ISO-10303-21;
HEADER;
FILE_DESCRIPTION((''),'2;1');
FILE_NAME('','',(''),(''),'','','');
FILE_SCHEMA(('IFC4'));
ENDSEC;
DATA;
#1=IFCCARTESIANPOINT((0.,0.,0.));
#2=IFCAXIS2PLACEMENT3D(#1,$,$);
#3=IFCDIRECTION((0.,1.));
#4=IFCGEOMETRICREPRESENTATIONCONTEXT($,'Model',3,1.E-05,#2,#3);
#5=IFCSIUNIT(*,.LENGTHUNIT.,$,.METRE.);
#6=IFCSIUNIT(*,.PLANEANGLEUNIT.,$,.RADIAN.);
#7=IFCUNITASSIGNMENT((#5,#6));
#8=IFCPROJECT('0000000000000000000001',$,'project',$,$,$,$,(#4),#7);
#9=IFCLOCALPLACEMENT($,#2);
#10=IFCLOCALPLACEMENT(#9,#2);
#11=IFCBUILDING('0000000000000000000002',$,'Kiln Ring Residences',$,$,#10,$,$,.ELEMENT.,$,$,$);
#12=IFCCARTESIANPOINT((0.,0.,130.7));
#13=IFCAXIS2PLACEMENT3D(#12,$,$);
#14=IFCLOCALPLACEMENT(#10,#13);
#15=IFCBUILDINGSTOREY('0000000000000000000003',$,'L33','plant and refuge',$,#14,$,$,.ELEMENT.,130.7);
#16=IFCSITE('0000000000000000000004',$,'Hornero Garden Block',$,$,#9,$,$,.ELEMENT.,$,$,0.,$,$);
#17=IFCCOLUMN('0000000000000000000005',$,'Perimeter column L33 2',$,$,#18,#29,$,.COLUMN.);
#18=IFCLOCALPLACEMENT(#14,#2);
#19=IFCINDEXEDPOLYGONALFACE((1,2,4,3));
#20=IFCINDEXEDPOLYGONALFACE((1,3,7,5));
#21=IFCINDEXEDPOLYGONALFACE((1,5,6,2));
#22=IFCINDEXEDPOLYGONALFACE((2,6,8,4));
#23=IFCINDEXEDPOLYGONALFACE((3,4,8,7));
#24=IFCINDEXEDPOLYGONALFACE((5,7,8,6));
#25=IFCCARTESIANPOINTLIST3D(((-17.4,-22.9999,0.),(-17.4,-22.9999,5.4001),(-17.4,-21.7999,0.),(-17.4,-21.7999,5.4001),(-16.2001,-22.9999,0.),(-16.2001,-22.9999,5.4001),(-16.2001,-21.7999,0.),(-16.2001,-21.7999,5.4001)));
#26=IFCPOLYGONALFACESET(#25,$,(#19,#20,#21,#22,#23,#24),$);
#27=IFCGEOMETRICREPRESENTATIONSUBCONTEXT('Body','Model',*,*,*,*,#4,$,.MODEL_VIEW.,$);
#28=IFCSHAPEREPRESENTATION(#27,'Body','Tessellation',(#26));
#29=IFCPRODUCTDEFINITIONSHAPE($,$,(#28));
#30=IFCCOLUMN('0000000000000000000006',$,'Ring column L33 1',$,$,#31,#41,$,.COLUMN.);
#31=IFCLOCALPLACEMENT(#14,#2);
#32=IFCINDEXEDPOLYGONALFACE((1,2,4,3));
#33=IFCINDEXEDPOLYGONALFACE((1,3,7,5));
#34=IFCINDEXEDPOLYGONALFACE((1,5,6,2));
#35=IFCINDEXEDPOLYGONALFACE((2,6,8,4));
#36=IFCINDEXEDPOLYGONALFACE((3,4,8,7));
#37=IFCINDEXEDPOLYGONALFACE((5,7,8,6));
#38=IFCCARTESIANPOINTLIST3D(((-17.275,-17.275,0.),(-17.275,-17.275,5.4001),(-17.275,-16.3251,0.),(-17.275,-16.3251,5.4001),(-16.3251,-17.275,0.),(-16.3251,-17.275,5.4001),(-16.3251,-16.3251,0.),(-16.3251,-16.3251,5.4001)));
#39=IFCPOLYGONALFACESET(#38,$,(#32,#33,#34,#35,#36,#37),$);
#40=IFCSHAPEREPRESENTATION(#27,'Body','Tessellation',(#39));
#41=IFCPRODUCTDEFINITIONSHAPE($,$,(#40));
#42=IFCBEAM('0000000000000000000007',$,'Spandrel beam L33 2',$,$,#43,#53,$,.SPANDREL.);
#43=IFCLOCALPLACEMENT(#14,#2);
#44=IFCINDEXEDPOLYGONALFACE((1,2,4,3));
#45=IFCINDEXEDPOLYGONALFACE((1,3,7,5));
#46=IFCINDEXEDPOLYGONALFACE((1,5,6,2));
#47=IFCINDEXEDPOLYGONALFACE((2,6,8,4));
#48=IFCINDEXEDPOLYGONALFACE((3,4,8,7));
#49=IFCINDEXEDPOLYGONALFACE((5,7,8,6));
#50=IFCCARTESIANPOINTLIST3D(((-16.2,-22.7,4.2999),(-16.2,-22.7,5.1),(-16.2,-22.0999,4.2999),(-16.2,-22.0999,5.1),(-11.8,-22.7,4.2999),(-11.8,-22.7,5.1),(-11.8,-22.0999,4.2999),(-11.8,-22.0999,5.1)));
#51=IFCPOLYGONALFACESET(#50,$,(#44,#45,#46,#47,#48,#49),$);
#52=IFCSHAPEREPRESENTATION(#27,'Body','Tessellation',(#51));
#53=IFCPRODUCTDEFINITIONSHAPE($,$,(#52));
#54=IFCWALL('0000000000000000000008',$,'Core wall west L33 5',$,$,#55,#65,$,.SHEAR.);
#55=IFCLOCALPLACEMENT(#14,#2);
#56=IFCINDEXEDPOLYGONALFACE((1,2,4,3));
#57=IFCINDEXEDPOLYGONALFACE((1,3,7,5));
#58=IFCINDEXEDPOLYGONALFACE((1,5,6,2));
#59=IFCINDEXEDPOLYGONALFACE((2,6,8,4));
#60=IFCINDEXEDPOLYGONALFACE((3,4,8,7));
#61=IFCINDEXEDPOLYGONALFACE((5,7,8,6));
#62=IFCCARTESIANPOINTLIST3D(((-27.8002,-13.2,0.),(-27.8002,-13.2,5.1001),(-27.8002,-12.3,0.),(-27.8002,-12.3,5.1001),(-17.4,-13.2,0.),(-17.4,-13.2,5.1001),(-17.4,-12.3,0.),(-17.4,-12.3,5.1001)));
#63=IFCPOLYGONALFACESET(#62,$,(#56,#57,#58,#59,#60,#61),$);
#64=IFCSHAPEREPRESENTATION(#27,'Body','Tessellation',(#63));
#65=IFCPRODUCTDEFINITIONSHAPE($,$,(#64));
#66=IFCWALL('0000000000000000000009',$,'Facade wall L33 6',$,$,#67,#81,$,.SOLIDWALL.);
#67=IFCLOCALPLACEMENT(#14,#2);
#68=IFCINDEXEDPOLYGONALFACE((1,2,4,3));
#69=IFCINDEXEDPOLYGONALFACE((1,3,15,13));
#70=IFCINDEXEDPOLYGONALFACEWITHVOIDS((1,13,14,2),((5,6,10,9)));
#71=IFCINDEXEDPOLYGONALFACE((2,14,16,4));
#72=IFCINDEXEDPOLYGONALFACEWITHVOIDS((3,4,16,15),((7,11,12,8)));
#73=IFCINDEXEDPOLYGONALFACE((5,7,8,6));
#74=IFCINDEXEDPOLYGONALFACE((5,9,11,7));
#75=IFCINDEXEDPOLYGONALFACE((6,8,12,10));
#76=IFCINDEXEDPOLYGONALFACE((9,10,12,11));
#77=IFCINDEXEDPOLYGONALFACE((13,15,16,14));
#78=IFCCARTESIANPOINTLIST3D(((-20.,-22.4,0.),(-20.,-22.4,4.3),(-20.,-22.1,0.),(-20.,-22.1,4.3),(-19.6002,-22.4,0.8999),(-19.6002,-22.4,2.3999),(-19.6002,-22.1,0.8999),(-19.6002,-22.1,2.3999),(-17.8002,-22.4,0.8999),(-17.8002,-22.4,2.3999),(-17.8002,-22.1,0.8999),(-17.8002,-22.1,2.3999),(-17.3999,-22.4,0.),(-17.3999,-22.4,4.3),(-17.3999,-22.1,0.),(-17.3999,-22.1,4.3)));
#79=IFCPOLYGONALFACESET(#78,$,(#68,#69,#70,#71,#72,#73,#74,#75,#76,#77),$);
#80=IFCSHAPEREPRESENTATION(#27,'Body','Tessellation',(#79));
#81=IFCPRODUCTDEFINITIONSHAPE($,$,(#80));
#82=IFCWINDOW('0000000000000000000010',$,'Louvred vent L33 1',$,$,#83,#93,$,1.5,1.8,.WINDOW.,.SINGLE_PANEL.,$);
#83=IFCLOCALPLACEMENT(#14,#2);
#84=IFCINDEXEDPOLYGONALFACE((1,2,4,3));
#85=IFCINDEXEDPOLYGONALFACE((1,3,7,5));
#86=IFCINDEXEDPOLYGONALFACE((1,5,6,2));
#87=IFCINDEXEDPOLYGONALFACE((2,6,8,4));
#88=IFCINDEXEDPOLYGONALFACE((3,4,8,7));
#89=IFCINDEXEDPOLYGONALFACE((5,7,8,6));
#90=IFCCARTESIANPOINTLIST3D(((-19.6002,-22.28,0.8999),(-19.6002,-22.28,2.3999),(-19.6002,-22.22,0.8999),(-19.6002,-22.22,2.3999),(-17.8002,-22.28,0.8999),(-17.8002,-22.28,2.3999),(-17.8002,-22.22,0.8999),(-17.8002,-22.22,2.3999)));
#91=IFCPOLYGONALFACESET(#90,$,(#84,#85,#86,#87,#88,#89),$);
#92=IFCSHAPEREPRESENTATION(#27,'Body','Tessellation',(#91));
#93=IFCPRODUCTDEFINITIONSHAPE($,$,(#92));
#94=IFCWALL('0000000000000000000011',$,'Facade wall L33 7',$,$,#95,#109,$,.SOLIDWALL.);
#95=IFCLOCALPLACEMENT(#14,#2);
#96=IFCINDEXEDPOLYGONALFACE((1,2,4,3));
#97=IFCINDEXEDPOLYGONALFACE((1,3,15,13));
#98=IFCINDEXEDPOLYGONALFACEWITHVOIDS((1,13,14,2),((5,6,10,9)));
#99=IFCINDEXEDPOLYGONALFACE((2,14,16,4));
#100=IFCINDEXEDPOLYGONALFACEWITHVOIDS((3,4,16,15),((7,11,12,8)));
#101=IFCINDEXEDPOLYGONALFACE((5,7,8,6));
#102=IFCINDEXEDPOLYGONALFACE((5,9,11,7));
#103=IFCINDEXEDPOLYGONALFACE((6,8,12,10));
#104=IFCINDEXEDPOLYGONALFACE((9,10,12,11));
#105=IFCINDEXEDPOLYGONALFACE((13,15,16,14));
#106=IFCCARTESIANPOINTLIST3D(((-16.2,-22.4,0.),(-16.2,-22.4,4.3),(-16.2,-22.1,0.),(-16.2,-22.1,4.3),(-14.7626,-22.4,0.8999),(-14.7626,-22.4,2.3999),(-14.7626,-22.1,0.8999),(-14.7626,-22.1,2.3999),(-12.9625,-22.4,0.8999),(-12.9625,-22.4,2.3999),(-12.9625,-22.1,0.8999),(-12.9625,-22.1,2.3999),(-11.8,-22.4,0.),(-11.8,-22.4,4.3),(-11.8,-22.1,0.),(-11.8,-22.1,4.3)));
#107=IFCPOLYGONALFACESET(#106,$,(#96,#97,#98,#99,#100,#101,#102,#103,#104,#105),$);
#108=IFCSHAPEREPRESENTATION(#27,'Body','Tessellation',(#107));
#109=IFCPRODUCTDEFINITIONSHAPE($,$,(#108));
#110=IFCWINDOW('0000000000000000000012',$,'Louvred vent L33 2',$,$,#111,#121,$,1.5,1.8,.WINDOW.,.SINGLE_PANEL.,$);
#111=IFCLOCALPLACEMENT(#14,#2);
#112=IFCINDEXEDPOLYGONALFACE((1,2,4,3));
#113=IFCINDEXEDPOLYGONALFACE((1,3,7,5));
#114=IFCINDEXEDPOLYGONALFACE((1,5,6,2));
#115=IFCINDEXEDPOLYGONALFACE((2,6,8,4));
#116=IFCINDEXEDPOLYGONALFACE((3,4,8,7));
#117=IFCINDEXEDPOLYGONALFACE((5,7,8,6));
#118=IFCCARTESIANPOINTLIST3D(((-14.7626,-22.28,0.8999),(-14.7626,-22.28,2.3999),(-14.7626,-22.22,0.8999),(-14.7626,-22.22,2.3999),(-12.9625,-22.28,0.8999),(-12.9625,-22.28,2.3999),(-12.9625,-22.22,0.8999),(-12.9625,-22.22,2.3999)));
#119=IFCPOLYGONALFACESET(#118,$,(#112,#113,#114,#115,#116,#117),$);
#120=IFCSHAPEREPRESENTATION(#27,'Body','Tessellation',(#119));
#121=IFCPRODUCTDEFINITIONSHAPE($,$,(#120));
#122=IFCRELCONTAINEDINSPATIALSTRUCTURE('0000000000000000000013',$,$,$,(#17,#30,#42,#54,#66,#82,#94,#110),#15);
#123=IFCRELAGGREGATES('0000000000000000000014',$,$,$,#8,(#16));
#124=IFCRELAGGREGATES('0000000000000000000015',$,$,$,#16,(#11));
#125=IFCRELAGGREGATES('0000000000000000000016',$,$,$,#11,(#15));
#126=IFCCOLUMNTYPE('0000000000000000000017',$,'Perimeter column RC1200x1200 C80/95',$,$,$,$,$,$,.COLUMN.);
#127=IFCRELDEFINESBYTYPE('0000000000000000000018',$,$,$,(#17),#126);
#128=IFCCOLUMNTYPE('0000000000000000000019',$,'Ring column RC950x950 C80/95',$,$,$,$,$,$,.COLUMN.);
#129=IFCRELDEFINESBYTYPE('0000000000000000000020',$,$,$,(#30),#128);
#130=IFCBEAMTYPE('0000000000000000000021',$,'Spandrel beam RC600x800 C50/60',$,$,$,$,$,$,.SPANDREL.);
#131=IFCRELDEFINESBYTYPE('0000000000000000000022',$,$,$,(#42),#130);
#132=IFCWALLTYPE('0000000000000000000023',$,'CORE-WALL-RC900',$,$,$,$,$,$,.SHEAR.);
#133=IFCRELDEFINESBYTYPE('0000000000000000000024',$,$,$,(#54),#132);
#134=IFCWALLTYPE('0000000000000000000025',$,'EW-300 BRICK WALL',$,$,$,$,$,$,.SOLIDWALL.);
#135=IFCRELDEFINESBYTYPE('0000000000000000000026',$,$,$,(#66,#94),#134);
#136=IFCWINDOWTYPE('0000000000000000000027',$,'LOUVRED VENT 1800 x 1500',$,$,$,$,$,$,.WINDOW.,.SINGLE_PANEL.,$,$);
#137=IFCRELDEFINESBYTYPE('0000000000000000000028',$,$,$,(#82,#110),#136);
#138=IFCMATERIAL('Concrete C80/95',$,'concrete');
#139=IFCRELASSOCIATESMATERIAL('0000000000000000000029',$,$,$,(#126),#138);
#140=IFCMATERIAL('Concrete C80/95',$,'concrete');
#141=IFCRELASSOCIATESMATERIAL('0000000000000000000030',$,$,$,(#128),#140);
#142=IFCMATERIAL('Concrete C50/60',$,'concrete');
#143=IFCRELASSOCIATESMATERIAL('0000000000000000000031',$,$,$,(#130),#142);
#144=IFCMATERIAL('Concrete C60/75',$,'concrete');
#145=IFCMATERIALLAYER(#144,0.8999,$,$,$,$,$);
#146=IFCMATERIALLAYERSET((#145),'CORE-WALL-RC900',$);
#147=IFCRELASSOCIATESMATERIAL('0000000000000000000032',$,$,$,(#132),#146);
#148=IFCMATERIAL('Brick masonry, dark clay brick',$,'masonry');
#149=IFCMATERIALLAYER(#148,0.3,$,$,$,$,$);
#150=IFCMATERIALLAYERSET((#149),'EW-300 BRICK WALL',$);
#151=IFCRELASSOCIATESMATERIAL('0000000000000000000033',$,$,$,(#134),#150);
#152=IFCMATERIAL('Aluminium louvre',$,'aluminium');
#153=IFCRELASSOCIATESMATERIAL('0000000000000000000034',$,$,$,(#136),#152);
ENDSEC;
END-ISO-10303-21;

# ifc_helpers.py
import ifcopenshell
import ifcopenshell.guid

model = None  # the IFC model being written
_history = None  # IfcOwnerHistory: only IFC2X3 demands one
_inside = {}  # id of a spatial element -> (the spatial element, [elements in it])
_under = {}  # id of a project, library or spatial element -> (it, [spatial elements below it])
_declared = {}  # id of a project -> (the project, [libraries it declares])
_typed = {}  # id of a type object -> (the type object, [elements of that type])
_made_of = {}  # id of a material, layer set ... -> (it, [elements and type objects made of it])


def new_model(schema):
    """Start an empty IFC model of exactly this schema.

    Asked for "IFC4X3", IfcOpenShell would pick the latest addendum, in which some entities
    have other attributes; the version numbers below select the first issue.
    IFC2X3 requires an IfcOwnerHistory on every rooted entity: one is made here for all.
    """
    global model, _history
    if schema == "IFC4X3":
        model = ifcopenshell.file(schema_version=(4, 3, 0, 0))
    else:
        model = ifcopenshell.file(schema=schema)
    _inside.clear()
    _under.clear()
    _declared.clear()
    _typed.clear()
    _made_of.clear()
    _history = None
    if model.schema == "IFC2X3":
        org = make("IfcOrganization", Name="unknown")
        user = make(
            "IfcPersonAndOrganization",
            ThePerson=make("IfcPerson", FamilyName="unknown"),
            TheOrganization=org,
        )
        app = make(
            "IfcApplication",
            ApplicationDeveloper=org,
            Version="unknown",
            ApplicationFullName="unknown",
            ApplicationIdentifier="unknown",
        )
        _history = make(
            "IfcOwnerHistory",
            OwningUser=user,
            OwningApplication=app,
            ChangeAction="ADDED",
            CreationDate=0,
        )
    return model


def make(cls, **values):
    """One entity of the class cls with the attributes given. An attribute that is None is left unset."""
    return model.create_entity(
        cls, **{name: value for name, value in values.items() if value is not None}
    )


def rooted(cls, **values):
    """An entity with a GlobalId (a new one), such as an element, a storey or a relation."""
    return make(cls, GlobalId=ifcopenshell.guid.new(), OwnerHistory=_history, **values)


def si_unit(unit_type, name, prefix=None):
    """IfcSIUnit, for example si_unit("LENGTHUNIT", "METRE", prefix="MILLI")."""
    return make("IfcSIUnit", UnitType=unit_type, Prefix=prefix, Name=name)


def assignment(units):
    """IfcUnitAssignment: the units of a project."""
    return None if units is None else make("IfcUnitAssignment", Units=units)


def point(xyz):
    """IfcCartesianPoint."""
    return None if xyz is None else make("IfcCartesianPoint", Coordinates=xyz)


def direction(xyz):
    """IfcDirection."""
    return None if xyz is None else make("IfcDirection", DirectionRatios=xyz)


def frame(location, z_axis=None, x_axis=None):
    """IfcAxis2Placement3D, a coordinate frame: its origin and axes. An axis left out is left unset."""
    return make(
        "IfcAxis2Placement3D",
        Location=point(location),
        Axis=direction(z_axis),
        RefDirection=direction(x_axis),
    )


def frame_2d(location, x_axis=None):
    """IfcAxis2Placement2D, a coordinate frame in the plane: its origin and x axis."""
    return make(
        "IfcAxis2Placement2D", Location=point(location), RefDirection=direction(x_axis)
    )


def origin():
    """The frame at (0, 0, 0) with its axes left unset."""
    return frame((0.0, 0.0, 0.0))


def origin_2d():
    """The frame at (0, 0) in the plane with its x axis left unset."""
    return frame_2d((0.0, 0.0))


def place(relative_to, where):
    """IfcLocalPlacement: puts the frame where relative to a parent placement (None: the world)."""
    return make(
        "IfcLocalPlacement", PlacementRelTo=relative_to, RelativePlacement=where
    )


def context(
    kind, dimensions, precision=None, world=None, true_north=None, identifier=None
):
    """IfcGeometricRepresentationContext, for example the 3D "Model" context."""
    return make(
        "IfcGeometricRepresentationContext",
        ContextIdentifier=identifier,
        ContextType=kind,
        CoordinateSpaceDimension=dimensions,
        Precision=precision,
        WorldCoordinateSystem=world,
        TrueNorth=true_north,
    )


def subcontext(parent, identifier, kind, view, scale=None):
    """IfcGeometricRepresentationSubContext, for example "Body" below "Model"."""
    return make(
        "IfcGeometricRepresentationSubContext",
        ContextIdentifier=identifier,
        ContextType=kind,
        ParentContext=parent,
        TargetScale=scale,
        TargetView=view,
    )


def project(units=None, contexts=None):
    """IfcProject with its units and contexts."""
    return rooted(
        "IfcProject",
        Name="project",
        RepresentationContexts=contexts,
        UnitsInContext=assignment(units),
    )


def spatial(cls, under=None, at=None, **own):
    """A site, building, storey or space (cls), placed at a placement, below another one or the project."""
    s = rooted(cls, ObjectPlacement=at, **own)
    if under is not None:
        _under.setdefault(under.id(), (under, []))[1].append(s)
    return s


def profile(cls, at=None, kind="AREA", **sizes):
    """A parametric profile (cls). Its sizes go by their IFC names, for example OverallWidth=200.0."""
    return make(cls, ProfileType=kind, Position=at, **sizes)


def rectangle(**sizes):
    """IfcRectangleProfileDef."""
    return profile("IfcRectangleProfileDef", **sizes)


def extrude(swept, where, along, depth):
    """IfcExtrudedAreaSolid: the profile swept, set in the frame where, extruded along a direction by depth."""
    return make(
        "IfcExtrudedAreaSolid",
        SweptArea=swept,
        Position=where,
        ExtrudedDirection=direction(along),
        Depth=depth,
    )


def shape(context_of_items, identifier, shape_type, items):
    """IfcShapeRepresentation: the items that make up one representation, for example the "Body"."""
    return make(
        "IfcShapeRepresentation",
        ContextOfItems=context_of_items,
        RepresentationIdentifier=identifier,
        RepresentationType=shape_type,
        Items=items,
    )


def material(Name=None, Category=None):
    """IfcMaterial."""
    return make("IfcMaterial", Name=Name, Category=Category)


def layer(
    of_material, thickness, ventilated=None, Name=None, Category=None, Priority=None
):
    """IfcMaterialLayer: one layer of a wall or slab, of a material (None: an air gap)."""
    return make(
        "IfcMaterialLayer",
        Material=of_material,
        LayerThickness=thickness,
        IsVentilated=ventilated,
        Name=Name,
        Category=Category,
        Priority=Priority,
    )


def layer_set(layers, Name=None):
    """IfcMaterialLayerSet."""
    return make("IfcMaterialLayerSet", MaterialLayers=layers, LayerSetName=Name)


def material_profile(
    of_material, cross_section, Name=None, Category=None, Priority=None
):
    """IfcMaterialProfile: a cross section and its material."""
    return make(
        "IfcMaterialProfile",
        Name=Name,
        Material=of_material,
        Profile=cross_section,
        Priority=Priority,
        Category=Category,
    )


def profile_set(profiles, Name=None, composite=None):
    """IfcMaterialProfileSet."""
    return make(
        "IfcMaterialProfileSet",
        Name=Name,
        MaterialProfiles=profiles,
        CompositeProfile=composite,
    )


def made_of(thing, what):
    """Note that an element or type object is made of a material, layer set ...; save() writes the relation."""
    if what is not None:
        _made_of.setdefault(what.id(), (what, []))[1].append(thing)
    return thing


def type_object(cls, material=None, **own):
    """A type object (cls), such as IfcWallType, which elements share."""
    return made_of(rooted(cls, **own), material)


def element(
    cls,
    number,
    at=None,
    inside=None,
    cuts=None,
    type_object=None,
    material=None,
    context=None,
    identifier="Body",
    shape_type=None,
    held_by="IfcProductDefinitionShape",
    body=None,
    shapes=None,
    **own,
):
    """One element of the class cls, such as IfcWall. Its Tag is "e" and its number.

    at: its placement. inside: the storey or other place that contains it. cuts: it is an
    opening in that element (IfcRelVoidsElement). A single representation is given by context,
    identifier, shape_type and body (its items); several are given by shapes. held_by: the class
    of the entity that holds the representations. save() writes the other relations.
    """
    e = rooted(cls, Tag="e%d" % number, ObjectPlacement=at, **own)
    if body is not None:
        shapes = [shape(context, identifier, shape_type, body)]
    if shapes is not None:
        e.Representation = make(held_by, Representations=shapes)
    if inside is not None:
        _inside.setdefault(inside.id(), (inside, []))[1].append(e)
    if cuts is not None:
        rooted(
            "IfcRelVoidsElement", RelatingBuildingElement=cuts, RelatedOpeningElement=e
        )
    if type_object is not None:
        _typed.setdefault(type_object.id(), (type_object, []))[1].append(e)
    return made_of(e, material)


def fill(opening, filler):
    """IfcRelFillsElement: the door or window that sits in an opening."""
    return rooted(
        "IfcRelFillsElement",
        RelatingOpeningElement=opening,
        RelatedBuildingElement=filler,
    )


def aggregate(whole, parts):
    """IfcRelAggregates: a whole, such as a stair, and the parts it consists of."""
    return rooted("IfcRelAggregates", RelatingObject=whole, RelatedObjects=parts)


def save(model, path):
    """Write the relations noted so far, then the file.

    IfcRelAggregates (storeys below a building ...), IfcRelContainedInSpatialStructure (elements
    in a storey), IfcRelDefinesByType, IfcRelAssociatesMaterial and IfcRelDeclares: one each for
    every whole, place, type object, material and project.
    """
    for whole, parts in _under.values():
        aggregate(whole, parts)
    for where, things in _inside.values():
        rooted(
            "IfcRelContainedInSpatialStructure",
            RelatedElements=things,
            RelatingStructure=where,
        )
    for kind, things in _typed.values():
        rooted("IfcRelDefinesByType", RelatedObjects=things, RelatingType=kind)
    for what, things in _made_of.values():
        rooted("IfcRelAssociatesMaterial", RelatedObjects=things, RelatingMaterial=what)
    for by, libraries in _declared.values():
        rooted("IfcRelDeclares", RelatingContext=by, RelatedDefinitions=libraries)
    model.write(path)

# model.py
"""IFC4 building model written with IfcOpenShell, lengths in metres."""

from ifc_helpers import new_model, si_unit, direction, frame, frame_2d, origin, origin_2d, place, context, subcontext, project, spatial, rectangle, extrude, material, layer, layer_set, material_profile, profile_set, type_object, element, fill, save


model = new_model("IFC4")

# Units and contexts
model_context = context("Model", 3, precision=1e-05, world=origin(), true_north=direction((0.0, 1.0)))
body_context = subcontext(model_context, "Body", "Model", "MODEL_VIEW")
ifc_project = project(units=[si_unit("LENGTHUNIT", "METRE"), si_unit("PLANEANGLEUNIT", "RADIAN")], contexts=[model_context])

# Site, building, storey
site_placement = place(None, origin())
site = spatial("IfcSite", under=ifc_project, at=site_placement, Name="Hornero Garden Block", CompositionType="ELEMENT", RefElevation=0.0)
building_placement = place(site_placement, origin())
building = spatial("IfcBuilding", under=site, at=building_placement, Name="Kiln Ring Residences", CompositionType="ELEMENT")
storey_placement = place(building_placement, frame((0.0, 0.0, 130.7)))
storey = spatial("IfcBuildingStorey", under=building, at=storey_placement, Name="L33", Description="plant and refuge", CompositionType="ELEMENT", Elevation=130.7)

# Columns
ifc_material_1 = material(Name="Concrete C80/95", Category="concrete")
ifc_material_profile_1 = material_profile(ifc_material_1, rectangle(XDim=1.2, YDim=1.2, at=origin_2d()), Name="RC1200x1200")
ifc_profile_set_1 = profile_set([ifc_material_profile_1], Name="Concrete C80/95")
column_type_1 = type_object("IfcColumnType", Name="Perimeter column RC1200x1200 C80/95", PredefinedType="COLUMN", material=ifc_profile_set_1)
column_1_placement = place(storey_placement, frame((-16.8, -22.3999, 0.0), z_axis=(0.0, 0.0, 1.0), x_axis=(1.0, 0.0, 0.0)))
element("IfcColumn", 1, at=column_1_placement, inside=storey, type_object=column_type_1, Name="Perimeter column L33 2", PredefinedType="COLUMN", context=body_context, shape_type="SweptSolid", body=[
    extrude(rectangle(XDim=1.2, YDim=1.2, at=origin_2d()), origin(), (0.0, 0.0, 1.0), 5.4001),
])
ifc_material_2 = material(Name="Concrete C80/95", Category="concrete")
ifc_material_profile_2 = material_profile(ifc_material_2, rectangle(XDim=0.95, YDim=0.95, at=origin_2d()), Name="RC950x950")
ifc_profile_set_2 = profile_set([ifc_material_profile_2], Name="Concrete C80/95")
column_type_2 = type_object("IfcColumnType", Name="Ring column RC950x950 C80/95", PredefinedType="COLUMN", material=ifc_profile_set_2)
column_2_placement = place(storey_placement, frame((-16.8, -16.8, 0.0), z_axis=(0.0, 0.0, 1.0), x_axis=(1.0, 0.0, 0.0)))
element("IfcColumn", 2, at=column_2_placement, inside=storey, type_object=column_type_2, Name="Ring column L33 1", PredefinedType="COLUMN", context=body_context, shape_type="SweptSolid", body=[
    extrude(rectangle(XDim=0.95, YDim=0.95, at=origin_2d()), origin(), (0.0, 0.0, 1.0), 5.4001),
])

# Beam
ifc_material_3 = material(Name="Concrete C50/60", Category="concrete")
ifc_material_profile_3 = material_profile(ifc_material_3, rectangle(XDim=0.6001, YDim=0.8, at=origin_2d()), Name="RC600x800")
ifc_profile_set_3 = profile_set([ifc_material_profile_3], Name="Concrete C50/60")
beam_type = type_object("IfcBeamType", Name="Spandrel beam RC600x800 C50/60", PredefinedType="SPANDREL", material=ifc_profile_set_3)
beam_placement = place(storey_placement, frame((-16.2, -22.3999, 4.7), z_axis=(1.0, 0.0, 0.0), x_axis=(0.0, 1.0, 0.0)))
element("IfcBeam", 3, at=beam_placement, inside=storey, type_object=beam_type, Name="Spandrel beam L33 2", PredefinedType="SPANDREL", context=body_context, shape_type="SweptSolid", body=[
    extrude(rectangle(XDim=0.6001, YDim=0.8, at=origin_2d()), origin(), (0.0, 0.0, 1.0), 4.3999),
])

# Wall
ifc_material_4 = material(Name="Concrete C60/75", Category="concrete")
ifc_layer_1 = layer(ifc_material_4, 0.8999)
ifc_layer_set_1 = layer_set([ifc_layer_1], Name="CORE-WALL-RC900")
wall_type_1 = type_object("IfcWallType", Name="CORE-WALL-RC900", PredefinedType="SHEAR", material=ifc_layer_set_1)
wall_1_placement = place(storey_placement, frame((-17.3999, -12.75, 0.0), z_axis=(0.0, 0.0, 1.0), x_axis=(-1.0, 0.0, 0.0)))
element("IfcWall", 4, at=wall_1_placement, inside=storey, type_object=wall_type_1, Name="Core wall west L33 5", PredefinedType="SHEAR", context=body_context, shape_type="SweptSolid", body=[
    extrude(rectangle(XDim=10.4001, YDim=0.8999, at=frame_2d((5.2002, 0.0))), origin(), (0.0, 0.0, 1.0), 5.1001),
])

# Walls, openings, windows
ifc_material_5 = material(Name="Brick masonry, dark clay brick", Category="masonry")
ifc_layer_2 = layer(ifc_material_5, 0.3)
ifc_layer_set_2 = layer_set([ifc_layer_2], Name="EW-300 BRICK WALL")
wall_type_2 = type_object("IfcWallType", Name="EW-300 BRICK WALL", PredefinedType="SOLIDWALL", material=ifc_layer_set_2)
wall_2_placement = place(storey_placement, frame((-20.0, -22.25, 0.0), z_axis=(0.0, 0.0, 1.0), x_axis=(1.0, 0.0, 0.0)))
wall_2 = element("IfcWall", 5, at=wall_2_placement, inside=storey, type_object=wall_type_2, Name="Facade wall L33 6", PredefinedType="SOLIDWALL", context=body_context, shape_type="SweptSolid", body=[
    extrude(rectangle(XDim=2.6001, YDim=0.3, at=frame_2d((1.3, 0.0))), origin(), (0.0, 0.0, 1.0), 4.3),
])
opening_1_placement = place(wall_2_placement, frame((0.3999, 0.0, 0.8999)))
opening_1 = element("IfcOpeningElement", 6, at=opening_1_placement, cuts=wall_2, PredefinedType="OPENING", context=body_context, shape_type="SweptSolid", body=[
    extrude(rectangle(XDim=1.8, YDim=1.5, at=frame_2d((0.8999, 0.75))), frame((0.0, 0.1599, 0.0), z_axis=(0.0, -1.0, 0.0), x_axis=(1.0, 0.0, 0.0)), (0.0, 0.0, 1.0), 0.3201),
])
ifc_material_6 = material(Name="Aluminium louvre", Category="aluminium")
window_type = type_object("IfcWindowType", Name="LOUVRED VENT 1800 x 1500", PartitioningType="SINGLE_PANEL", PredefinedType="WINDOW", material=ifc_material_6)
window_1_placement = place(opening_1_placement, origin())
window_1 = element("IfcWindow", 7, at=window_1_placement, inside=storey, type_object=window_type, Name="Louvred vent L33 1", OverallHeight=1.5, OverallWidth=1.8, PartitioningType="SINGLE_PANEL", PredefinedType="WINDOW", context=body_context, shape_type="SweptSolid", body=[
    extrude(rectangle(XDim=1.8, YDim=1.5, at=frame_2d((0.8999, 0.75))), frame((0.0, 0.03, 0.0), z_axis=(0.0, -1.0, 0.0), x_axis=(1.0, 0.0, 0.0)), (0.0, 0.0, 1.0), 0.0601),
])
fill(opening_1, window_1)
wall_3_placement = place(storey_placement, frame((-16.2, -22.25, 0.0), z_axis=(0.0, 0.0, 1.0), x_axis=(1.0, 0.0, 0.0)))
wall_3 = element("IfcWall", 8, at=wall_3_placement, inside=storey, type_object=wall_type_2, Name="Facade wall L33 7", PredefinedType="SOLIDWALL", context=body_context, shape_type="SweptSolid", body=[
    extrude(rectangle(XDim=4.3999, YDim=0.3, at=frame_2d((2.2, 0.0))), origin(), (0.0, 0.0, 1.0), 4.3),
])
opening_2_placement = place(wall_3_placement, frame((1.4375, 0.0, 0.8999)))
opening_2 = element("IfcOpeningElement", 9, at=opening_2_placement, cuts=wall_3, PredefinedType="OPENING", context=body_context, shape_type="SweptSolid", body=[
    extrude(rectangle(XDim=1.8, YDim=1.5, at=frame_2d((0.8999, 0.75))), frame((0.0, 0.1599, 0.0), z_axis=(0.0, -1.0, 0.0), x_axis=(1.0, 0.0, 0.0)), (0.0, 0.0, 1.0), 0.3201),
])
window_2_placement = place(opening_2_placement, origin())
window_2 = element("IfcWindow", 10, at=window_2_placement, inside=storey, type_object=window_type, Name="Louvred vent L33 2", OverallHeight=1.5, OverallWidth=1.8, PartitioningType="SINGLE_PANEL", PredefinedType="WINDOW", context=body_context, shape_type="SweptSolid", body=[
    extrude(rectangle(XDim=1.8, YDim=1.5, at=frame_2d((0.8999, 0.75))), frame((0.0, 0.03, 0.0), z_axis=(0.0, -1.0, 0.0), x_axis=(1.0, 0.0, 0.0)), (0.0, 0.0, 1.0), 0.0601),
])
fill(opening_2, window_2)

save(model, "model.ifc")
